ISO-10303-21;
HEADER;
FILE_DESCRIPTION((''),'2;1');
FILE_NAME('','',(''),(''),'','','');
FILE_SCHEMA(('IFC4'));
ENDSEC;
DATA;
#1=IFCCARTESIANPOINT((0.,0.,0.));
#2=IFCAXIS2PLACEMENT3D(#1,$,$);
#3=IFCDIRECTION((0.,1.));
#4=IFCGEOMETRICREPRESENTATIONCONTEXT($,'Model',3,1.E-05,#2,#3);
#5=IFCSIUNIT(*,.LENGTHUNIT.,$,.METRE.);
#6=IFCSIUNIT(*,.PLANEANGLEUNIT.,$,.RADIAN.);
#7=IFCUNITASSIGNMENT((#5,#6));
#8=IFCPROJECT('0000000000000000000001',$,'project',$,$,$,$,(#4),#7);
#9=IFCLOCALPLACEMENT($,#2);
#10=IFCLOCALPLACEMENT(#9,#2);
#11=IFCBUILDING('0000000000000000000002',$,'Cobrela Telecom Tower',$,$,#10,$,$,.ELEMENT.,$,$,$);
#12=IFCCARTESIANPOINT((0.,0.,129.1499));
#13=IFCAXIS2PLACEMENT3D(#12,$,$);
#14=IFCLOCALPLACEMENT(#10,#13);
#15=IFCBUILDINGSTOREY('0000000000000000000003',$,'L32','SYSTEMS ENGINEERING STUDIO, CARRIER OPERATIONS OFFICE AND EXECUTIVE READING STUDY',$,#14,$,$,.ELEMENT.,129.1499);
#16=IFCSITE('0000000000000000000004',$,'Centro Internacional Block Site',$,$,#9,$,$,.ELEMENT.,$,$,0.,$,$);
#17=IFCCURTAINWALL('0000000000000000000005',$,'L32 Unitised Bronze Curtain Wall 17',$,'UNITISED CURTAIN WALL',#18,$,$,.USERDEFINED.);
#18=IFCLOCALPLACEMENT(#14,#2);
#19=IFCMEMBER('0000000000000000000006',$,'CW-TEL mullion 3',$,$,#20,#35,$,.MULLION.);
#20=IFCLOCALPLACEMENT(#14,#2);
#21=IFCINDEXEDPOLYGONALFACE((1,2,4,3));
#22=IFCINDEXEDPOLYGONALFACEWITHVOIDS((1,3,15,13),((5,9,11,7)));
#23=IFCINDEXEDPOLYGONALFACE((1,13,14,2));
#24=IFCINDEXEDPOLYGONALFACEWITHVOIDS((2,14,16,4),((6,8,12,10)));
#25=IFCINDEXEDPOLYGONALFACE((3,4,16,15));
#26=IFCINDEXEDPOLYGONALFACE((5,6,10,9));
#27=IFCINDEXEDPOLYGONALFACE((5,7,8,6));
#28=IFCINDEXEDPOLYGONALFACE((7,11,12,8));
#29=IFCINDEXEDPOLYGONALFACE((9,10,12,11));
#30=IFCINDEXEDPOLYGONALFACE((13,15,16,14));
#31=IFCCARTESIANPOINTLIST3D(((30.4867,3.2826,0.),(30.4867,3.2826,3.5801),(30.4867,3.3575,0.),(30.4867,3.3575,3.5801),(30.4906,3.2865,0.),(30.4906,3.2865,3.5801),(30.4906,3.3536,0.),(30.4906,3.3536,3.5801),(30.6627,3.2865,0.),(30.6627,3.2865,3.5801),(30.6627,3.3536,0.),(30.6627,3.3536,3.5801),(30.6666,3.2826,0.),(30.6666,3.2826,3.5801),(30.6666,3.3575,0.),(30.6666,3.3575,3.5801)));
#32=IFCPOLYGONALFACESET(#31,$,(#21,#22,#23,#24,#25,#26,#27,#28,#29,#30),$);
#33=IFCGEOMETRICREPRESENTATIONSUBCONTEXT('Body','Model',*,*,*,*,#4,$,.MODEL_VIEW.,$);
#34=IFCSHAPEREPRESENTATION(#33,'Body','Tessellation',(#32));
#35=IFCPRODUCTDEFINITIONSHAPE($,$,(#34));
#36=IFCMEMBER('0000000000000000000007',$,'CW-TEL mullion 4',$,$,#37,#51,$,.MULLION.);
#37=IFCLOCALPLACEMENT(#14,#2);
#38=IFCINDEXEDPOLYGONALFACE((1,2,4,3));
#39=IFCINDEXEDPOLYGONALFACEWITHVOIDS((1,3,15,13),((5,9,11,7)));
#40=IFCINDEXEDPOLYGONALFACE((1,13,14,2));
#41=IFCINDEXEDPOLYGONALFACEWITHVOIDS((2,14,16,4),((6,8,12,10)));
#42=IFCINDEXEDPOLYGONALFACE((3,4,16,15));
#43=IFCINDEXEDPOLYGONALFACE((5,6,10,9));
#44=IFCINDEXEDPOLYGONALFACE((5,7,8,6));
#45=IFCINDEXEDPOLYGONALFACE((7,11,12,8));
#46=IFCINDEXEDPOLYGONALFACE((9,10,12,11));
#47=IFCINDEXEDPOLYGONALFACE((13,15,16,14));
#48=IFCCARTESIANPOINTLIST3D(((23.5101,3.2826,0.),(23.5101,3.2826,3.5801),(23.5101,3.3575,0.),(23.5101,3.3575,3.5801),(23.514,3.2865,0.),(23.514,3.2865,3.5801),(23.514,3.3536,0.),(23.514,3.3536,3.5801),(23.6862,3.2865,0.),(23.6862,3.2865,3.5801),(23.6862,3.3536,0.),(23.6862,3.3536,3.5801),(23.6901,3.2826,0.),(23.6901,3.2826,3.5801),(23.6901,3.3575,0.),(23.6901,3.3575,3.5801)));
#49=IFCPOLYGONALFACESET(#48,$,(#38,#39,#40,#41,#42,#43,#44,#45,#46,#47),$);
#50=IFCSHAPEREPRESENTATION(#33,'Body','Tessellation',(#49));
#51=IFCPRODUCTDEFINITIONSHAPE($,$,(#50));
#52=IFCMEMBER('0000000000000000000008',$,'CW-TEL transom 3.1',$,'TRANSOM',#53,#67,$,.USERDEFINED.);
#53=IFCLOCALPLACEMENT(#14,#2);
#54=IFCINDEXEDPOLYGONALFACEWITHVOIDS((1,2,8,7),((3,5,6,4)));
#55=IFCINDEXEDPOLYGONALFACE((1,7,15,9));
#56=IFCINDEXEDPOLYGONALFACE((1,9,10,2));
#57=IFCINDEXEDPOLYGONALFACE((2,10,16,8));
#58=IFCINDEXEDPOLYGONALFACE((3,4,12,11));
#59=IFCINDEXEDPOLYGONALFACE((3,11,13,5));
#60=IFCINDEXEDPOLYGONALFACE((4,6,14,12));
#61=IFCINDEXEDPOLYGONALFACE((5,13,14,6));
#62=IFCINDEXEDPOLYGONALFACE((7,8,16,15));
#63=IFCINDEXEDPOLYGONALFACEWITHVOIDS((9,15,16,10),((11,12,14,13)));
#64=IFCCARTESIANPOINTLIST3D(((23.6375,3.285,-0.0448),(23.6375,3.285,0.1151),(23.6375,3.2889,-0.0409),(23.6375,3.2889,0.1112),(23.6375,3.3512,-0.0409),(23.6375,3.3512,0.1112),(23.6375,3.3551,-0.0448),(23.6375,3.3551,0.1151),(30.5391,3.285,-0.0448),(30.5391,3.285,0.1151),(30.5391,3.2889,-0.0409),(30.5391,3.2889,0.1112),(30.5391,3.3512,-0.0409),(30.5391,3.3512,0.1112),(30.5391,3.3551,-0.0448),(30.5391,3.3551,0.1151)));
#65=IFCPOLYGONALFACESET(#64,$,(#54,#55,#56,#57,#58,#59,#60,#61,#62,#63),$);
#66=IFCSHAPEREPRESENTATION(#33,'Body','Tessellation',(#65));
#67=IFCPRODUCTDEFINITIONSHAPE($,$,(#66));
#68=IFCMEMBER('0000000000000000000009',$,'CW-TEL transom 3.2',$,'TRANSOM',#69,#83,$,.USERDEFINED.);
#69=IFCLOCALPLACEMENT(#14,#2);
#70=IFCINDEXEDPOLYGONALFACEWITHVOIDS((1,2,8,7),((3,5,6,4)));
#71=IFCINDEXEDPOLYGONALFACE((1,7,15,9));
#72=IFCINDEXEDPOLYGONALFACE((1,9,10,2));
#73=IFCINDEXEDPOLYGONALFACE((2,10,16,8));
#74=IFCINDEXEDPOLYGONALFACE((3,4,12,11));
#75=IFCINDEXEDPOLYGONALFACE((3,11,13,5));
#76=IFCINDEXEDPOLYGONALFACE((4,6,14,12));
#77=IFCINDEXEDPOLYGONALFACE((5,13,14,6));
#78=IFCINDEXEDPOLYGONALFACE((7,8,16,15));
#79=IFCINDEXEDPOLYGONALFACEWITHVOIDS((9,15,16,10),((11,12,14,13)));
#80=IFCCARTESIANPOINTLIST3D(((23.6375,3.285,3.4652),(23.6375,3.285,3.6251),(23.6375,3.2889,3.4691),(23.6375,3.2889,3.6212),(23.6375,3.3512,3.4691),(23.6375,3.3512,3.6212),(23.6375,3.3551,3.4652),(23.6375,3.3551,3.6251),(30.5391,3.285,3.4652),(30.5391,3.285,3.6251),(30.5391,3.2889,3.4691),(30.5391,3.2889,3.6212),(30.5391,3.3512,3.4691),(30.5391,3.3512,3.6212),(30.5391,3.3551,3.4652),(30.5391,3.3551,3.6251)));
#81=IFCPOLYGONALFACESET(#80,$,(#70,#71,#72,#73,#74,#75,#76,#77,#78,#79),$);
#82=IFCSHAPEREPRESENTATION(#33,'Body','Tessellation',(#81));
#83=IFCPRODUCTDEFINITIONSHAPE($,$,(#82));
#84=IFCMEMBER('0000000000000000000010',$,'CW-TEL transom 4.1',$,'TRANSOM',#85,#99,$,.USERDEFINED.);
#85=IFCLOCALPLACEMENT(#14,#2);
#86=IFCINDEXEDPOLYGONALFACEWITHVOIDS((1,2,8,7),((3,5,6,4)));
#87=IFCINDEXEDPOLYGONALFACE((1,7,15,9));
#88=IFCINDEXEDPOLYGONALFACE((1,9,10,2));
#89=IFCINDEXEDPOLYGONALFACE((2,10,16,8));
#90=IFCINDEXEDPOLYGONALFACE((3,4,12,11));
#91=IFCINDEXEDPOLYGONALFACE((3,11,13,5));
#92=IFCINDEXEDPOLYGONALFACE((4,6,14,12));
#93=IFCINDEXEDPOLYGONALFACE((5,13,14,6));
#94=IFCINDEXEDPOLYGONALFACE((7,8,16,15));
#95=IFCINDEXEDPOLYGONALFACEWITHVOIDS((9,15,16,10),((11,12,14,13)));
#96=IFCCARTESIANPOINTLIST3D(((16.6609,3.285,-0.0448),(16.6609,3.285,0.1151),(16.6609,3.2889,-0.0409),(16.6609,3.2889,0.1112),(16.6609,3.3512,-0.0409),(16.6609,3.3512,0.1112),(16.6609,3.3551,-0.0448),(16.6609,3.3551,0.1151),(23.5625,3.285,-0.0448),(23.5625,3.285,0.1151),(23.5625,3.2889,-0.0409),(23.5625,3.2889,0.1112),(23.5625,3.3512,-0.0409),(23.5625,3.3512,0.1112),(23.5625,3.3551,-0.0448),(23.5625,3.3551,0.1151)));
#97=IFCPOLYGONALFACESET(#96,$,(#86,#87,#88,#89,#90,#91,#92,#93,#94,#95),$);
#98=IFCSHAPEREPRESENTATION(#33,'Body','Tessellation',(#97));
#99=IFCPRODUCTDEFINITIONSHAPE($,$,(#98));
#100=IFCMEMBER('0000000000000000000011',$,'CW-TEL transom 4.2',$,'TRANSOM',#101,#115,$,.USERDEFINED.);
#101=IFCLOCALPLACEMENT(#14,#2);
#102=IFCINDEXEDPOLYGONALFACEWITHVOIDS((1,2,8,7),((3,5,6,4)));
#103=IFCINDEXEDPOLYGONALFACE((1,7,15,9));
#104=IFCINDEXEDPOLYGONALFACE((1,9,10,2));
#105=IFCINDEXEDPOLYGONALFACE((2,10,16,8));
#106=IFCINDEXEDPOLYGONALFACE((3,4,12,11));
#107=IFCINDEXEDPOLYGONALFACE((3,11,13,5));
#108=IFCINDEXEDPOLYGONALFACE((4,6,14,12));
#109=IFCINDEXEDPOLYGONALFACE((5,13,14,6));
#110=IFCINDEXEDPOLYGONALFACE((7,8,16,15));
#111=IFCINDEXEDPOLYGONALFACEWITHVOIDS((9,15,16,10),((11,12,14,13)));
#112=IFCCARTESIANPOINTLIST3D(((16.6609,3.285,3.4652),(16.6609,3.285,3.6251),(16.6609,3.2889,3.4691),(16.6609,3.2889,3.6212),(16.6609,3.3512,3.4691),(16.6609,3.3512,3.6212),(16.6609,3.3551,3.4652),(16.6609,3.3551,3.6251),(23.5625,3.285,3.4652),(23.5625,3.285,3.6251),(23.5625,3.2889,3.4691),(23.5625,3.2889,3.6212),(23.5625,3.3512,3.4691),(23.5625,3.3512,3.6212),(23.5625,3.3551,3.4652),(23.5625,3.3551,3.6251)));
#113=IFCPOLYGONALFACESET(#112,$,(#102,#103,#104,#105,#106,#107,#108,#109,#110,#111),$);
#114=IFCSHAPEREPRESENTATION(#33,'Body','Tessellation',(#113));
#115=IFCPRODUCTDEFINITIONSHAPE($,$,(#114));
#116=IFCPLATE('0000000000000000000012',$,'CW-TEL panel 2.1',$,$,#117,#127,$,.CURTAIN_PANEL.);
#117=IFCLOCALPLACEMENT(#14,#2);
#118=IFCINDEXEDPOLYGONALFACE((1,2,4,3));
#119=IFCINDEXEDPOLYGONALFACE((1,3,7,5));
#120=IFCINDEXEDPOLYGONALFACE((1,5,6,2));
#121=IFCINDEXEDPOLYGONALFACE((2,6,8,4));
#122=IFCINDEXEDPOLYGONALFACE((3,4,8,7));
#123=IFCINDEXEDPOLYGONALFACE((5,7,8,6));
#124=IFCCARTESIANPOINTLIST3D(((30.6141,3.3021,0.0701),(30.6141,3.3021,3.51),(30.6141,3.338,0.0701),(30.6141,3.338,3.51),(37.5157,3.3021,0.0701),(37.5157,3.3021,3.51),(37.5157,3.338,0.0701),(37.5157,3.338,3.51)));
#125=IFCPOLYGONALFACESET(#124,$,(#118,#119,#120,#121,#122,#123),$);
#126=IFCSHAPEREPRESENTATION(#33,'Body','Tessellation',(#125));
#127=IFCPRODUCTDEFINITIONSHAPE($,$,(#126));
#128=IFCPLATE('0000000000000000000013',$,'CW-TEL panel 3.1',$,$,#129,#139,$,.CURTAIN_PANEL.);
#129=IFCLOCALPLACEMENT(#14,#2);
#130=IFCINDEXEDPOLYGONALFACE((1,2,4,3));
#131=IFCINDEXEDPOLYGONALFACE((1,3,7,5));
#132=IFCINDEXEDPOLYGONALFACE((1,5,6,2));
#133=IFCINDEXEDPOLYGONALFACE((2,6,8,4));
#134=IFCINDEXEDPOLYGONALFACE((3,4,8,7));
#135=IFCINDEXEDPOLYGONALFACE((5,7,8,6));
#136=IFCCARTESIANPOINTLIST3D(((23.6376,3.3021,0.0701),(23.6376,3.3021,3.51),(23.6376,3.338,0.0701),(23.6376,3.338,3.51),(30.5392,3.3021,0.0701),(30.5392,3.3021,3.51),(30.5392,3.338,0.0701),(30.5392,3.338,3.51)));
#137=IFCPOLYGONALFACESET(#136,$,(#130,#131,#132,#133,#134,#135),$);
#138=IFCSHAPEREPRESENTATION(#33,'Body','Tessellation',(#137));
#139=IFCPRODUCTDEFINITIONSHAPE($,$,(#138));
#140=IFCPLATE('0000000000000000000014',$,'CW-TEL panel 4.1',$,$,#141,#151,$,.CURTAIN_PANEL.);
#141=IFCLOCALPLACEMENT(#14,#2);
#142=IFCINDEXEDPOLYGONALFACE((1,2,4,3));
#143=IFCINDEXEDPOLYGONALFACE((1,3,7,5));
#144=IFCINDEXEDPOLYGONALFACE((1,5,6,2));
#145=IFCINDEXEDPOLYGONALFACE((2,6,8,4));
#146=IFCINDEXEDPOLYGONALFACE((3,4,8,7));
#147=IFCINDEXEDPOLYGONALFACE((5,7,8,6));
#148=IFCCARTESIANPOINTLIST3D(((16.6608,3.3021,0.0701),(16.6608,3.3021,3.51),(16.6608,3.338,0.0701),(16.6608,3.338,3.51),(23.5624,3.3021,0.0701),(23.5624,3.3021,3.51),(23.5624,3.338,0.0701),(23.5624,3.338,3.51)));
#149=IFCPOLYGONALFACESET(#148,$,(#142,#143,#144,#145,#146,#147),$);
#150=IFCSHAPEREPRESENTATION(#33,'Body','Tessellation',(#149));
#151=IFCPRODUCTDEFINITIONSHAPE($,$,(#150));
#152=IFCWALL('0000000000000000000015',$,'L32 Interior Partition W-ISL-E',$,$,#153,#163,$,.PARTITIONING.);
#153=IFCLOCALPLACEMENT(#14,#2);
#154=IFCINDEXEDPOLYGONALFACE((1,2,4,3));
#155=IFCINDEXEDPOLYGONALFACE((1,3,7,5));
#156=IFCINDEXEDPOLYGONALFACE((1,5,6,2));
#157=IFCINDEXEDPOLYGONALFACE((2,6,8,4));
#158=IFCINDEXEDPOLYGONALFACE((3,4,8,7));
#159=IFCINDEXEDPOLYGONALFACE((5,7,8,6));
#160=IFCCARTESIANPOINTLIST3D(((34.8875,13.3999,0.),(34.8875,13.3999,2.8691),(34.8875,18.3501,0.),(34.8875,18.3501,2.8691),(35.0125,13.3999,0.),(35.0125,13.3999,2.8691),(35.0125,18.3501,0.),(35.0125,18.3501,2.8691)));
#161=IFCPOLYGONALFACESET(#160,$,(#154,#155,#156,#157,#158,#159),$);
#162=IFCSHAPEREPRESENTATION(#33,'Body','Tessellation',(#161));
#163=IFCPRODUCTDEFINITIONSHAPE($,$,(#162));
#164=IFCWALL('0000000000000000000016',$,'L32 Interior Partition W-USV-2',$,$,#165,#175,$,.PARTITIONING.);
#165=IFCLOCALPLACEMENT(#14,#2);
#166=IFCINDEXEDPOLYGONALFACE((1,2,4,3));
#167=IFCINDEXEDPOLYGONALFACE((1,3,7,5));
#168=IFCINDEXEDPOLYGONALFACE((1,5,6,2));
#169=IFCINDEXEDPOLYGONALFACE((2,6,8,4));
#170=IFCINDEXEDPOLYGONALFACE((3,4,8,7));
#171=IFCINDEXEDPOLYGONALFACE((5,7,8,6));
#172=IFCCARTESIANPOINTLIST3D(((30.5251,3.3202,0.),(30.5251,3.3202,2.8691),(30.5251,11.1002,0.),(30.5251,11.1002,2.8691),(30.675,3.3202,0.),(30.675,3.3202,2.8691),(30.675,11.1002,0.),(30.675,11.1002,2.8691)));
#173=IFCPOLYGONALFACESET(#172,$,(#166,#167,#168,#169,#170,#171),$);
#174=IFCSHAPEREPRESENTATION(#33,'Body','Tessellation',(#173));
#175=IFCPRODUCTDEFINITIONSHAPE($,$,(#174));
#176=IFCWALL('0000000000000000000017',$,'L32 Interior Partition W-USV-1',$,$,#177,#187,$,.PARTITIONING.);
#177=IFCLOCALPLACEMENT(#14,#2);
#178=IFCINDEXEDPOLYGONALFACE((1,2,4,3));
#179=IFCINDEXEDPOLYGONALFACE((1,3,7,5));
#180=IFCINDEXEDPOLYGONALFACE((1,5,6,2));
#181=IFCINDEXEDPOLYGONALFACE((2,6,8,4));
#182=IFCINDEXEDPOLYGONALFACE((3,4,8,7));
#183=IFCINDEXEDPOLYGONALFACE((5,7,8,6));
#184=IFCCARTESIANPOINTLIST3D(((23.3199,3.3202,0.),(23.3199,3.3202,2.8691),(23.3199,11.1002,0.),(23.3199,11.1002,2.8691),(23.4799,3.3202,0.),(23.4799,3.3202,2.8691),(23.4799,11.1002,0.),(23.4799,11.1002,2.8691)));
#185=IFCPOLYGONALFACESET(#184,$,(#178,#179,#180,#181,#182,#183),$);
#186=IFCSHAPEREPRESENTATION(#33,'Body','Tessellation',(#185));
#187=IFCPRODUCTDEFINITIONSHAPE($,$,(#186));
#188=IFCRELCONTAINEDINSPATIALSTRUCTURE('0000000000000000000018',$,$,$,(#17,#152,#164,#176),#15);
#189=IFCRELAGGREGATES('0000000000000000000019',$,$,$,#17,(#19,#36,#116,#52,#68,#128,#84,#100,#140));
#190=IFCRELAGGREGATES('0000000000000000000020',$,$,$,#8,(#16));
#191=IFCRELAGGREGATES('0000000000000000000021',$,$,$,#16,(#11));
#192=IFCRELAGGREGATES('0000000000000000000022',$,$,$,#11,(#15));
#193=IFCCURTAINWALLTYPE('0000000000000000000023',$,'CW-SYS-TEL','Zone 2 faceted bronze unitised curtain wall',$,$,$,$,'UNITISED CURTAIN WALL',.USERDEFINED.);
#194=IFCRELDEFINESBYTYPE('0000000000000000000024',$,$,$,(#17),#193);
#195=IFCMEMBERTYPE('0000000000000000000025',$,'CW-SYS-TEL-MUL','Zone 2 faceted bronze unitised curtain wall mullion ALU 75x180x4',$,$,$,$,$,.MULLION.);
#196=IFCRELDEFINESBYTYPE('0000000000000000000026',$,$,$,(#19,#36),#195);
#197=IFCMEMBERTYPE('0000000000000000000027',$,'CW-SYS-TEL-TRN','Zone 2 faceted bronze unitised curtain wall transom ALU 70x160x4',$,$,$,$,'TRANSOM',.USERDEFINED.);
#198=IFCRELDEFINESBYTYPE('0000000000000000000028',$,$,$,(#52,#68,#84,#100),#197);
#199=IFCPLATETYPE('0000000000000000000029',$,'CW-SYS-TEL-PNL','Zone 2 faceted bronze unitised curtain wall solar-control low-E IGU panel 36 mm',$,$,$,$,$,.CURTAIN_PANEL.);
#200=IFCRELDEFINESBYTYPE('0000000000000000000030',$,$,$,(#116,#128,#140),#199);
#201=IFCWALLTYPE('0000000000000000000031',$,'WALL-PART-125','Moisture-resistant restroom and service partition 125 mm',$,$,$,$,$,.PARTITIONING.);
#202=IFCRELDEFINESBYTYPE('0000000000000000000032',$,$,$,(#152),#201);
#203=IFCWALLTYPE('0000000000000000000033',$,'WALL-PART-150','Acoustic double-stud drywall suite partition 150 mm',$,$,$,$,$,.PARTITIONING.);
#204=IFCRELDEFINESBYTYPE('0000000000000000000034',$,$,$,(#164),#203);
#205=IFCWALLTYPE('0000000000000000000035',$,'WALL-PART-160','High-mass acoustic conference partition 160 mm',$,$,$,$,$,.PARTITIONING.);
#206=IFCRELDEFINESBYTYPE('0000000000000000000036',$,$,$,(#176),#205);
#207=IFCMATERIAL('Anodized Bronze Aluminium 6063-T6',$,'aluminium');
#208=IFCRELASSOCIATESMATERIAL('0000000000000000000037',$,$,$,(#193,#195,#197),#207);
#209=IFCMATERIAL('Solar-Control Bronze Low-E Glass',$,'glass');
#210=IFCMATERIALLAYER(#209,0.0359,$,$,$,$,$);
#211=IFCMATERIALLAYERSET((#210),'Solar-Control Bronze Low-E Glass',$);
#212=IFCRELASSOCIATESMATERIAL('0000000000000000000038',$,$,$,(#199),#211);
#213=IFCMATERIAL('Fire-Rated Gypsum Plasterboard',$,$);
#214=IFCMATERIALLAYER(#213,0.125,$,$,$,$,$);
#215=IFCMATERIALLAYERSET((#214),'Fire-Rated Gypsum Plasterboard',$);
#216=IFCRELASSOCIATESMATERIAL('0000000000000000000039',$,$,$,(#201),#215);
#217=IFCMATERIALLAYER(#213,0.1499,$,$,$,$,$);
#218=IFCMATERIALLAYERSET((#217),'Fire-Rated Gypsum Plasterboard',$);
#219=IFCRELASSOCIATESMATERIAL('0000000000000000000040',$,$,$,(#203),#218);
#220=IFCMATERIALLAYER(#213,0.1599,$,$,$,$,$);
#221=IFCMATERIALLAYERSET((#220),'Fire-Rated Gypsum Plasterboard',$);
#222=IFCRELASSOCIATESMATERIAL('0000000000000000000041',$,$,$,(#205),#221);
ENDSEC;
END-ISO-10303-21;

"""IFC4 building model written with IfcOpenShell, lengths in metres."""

from ifc_helpers import new_model, si_unit, direction, frame, frame_2d, origin, origin_2d, place, context, subcontext, project, spatial, rectangle, hollow_rectangle, extrude, material, layer, layer_set, material_profile, profile_set, type_object, element, aggregate, save


model = new_model("IFC4")

# Units and contexts
model_context = context("Model", 3, precision=1e-05, world=origin(), true_north=direction((0.0, 1.0)))
body_context = subcontext(model_context, "Body", "Model", "MODEL_VIEW")
ifc_project = project(units=[si_unit("LENGTHUNIT", "METRE"), si_unit("PLANEANGLEUNIT", "RADIAN")], contexts=[model_context])

# Site, building, storey
site_placement = place(None, origin())
site = spatial("IfcSite", under=ifc_project, at=site_placement, Name="Centro Internacional Block Site", CompositionType="ELEMENT", RefElevation=0.0)
building_placement = place(site_placement, origin())
building = spatial("IfcBuilding", under=site, at=building_placement, Name="Cobrela Telecom Tower", CompositionType="ELEMENT")
storey_placement = place(building_placement, frame((0.0, 0.0, 129.1499)))
storey = spatial("IfcBuildingStorey", under=building, at=storey_placement, Name="L32", Description="SYSTEMS ENGINEERING STUDIO, CARRIER OPERATIONS OFFICE AND EXECUTIVE READING STUDY", CompositionType="ELEMENT", Elevation=129.1499)

# Curtain wall, members, plates
ifc_material_1 = material(Name="Anodized Bronze Aluminium 6063-T6", Category="aluminium")
curtain_wall_type = type_object("IfcCurtainWallType", Name="CW-SYS-TEL", Description="Zone 2 faceted bronze unitised curtain wall", ElementType="UNITISED CURTAIN WALL", PredefinedType="USERDEFINED", material=ifc_material_1)
curtain_wall_placement = place(storey_placement, origin())
curtain_wall = element("IfcCurtainWall", 1, at=curtain_wall_placement, inside=storey, type_object=curtain_wall_type, Name="L32 Unitised Bronze Curtain Wall 17", ObjectType="UNITISED CURTAIN WALL", PredefinedType="USERDEFINED")
ifc_material_profile_1 = material_profile(ifc_material_1, hollow_rectangle(XDim=0.075, YDim=0.1799, WallThickness=0.0039, at=origin_2d()), Name="ALU 75x180x4")
ifc_profile_set_1 = profile_set([ifc_material_profile_1], Name="Anodized Bronze Aluminium 6063-T6")
member_type_1 = type_object("IfcMemberType", Name="CW-SYS-TEL-MUL", Description="Zone 2 faceted bronze unitised curtain wall mullion ALU 75x180x4", PredefinedType="MULLION", material=ifc_profile_set_1)
member_1_placement = place(storey_placement, frame((30.5767, 3.3201, 0.0), z_axis=(0.0, 0.0, 1.0), x_axis=(0.0, -1.0, 0.0)))
member_1 = element("IfcMember", 2, at=member_1_placement, type_object=member_type_1, Name="CW-TEL mullion 3", PredefinedType="MULLION", context=body_context, shape_type="SweptSolid", body=[
    extrude(hollow_rectangle(XDim=0.075, YDim=0.1799, WallThickness=0.0039, at=origin_2d()), origin(), (0.0, 0.0, 1.0), 3.5801),
])
member_2_placement = place(storey_placement, frame((23.6001, 3.3201, 0.0), z_axis=(0.0, 0.0, 1.0), x_axis=(0.0, -1.0, 0.0)))
member_2 = element("IfcMember", 3, at=member_2_placement, type_object=member_type_1, Name="CW-TEL mullion 4", PredefinedType="MULLION", context=body_context, shape_type="SweptSolid", body=[
    extrude(hollow_rectangle(XDim=0.075, YDim=0.1799, WallThickness=0.0039, at=origin_2d()), origin(), (0.0, 0.0, 1.0), 3.5801),
])
ifc_material_profile_2 = material_profile(ifc_material_1, hollow_rectangle(XDim=0.0701, YDim=0.1599, WallThickness=0.0039, at=origin_2d()), Name="ALU 70x160x4")
ifc_profile_set_2 = profile_set([ifc_material_profile_2], Name="Anodized Bronze Aluminium 6063-T6")
member_type_2 = type_object("IfcMemberType", Name="CW-SYS-TEL-TRN", Description="Zone 2 faceted bronze unitised curtain wall transom ALU 70x160x4", ElementType="TRANSOM", PredefinedType="USERDEFINED", material=ifc_profile_set_2)
member_3_placement = place(storey_placement, frame((30.5391, 3.3201, 0.0352), z_axis=(-1.0, 0.0, 0.0), x_axis=(0.0, -1.0, 0.0)))
member_3 = element("IfcMember", 4, at=member_3_placement, type_object=member_type_2, Name="CW-TEL transom 3.1", ObjectType="TRANSOM", PredefinedType="USERDEFINED", context=body_context, shape_type="SweptSolid", body=[
    extrude(hollow_rectangle(XDim=0.0701, YDim=0.1599, WallThickness=0.0039, at=origin_2d()), origin(), (0.0, 0.0, 1.0), 6.9016),
])
member_4_placement = place(storey_placement, frame((30.5391, 3.3201, 3.5452), z_axis=(-1.0, 0.0, 0.0), x_axis=(0.0, -1.0, 0.0)))
member_4 = element("IfcMember", 5, at=member_4_placement, type_object=member_type_2, Name="CW-TEL transom 3.2", ObjectType="TRANSOM", PredefinedType="USERDEFINED", context=body_context, shape_type="SweptSolid", body=[
    extrude(hollow_rectangle(XDim=0.0701, YDim=0.1599, WallThickness=0.0039, at=origin_2d()), origin(), (0.0, 0.0, 1.0), 6.9016),
])
member_5_placement = place(storey_placement, frame((23.5625, 3.3201, 0.0352), z_axis=(-1.0, 0.0, 0.0), x_axis=(0.0, -1.0, 0.0)))
member_5 = element("IfcMember", 6, at=member_5_placement, type_object=member_type_2, Name="CW-TEL transom 4.1", ObjectType="TRANSOM", PredefinedType="USERDEFINED", context=body_context, shape_type="SweptSolid", body=[
    extrude(hollow_rectangle(XDim=0.0701, YDim=0.1599, WallThickness=0.0039, at=origin_2d()), origin(), (0.0, 0.0, 1.0), 6.9016),
])
member_6_placement = place(storey_placement, frame((23.5625, 3.3201, 3.5452), z_axis=(-1.0, 0.0, 0.0), x_axis=(0.0, -1.0, 0.0)))
member_6 = element("IfcMember", 7, at=member_6_placement, type_object=member_type_2, Name="CW-TEL transom 4.2", ObjectType="TRANSOM", PredefinedType="USERDEFINED", context=body_context, shape_type="SweptSolid", body=[
    extrude(hollow_rectangle(XDim=0.0701, YDim=0.1599, WallThickness=0.0039, at=origin_2d()), origin(), (0.0, 0.0, 1.0), 6.9016),
])
ifc_material_2 = material(Name="Solar-Control Bronze Low-E Glass", Category="glass")
ifc_layer_1 = layer(ifc_material_2, 0.0359)
ifc_layer_set_1 = layer_set([ifc_layer_1], Name="Solar-Control Bronze Low-E Glass")
plate_type = type_object("IfcPlateType", Name="CW-SYS-TEL-PNL", Description="Zone 2 faceted bronze unitised curtain wall solar-control low-E IGU panel 36 mm", PredefinedType="CURTAIN_PANEL", material=ifc_layer_set_1)
plate_1_placement = place(storey_placement, frame((34.0649, 3.3201, 0.0701), z_axis=(0.0, 0.0, 1.0), x_axis=(-1.0, 0.0, 0.0)))
plate_1 = element("IfcPlate", 8, at=plate_1_placement, type_object=plate_type, Name="CW-TEL panel 2.1", PredefinedType="CURTAIN_PANEL", context=body_context, shape_type="SweptSolid", body=[
    extrude(rectangle(XDim=6.9016, YDim=0.0359, at=origin_2d()), origin(), (0.0, 0.0, 1.0), 3.4399),
])
plate_2_placement = place(storey_placement, frame((27.0884, 3.3201, 0.0701), z_axis=(0.0, 0.0, 1.0), x_axis=(-1.0, 0.0, 0.0)))
plate_2 = element("IfcPlate", 9, at=plate_2_placement, type_object=plate_type, Name="CW-TEL panel 3.1", PredefinedType="CURTAIN_PANEL", context=body_context, shape_type="SweptSolid", body=[
    extrude(rectangle(XDim=6.9016, YDim=0.0359, at=origin_2d()), origin(), (0.0, 0.0, 1.0), 3.4399),
])
plate_3_placement = place(storey_placement, frame((20.1116, 3.3201, 0.0701), z_axis=(0.0, 0.0, 1.0), x_axis=(-1.0, 0.0, 0.0)))
plate_3 = element("IfcPlate", 10, at=plate_3_placement, type_object=plate_type, Name="CW-TEL panel 4.1", PredefinedType="CURTAIN_PANEL", context=body_context, shape_type="SweptSolid", body=[
    extrude(rectangle(XDim=6.9016, YDim=0.0359, at=origin_2d()), origin(), (0.0, 0.0, 1.0), 3.4399),
])
aggregate(curtain_wall, [member_1, member_2, plate_1, member_3, member_4, plate_2, member_5, member_6, plate_3])

# Walls
ifc_material_3 = material(Name="Fire-Rated Gypsum Plasterboard")
ifc_layer_2 = layer(ifc_material_3, 0.125)
ifc_layer_set_2 = layer_set([ifc_layer_2], Name="Fire-Rated Gypsum Plasterboard")
wall_type_1 = type_object("IfcWallType", Name="WALL-PART-125", Description="Moisture-resistant restroom and service partition 125 mm", PredefinedType="PARTITIONING", material=ifc_layer_set_2)
wall_1_placement = place(storey_placement, frame((34.95, 13.3999, 0.0), z_axis=(0.0, 0.0, 1.0), x_axis=(0.0, 1.0, 0.0)))
element("IfcWall", 11, at=wall_1_placement, inside=storey, type_object=wall_type_1, Name="L32 Interior Partition W-ISL-E", PredefinedType="PARTITIONING", context=body_context, shape_type="SweptSolid", body=[
    extrude(rectangle(XDim=4.9502, YDim=0.125, at=frame_2d((2.4751, 0.0))), origin(), (0.0, 0.0, 1.0), 2.8691),
])
ifc_layer_3 = layer(ifc_material_3, 0.1499)
ifc_layer_set_3 = layer_set([ifc_layer_3], Name="Fire-Rated Gypsum Plasterboard")
wall_type_2 = type_object("IfcWallType", Name="WALL-PART-150", Description="Acoustic double-stud drywall suite partition 150 mm", PredefinedType="PARTITIONING", material=ifc_layer_set_3)
wall_2_placement = place(storey_placement, frame((30.6001, 3.3201, 0.0), z_axis=(0.0, 0.0, 1.0), x_axis=(0.0, 1.0, 0.0)))
element("IfcWall", 12, at=wall_2_placement, inside=storey, type_object=wall_type_2, Name="L32 Interior Partition W-USV-2", PredefinedType="PARTITIONING", context=body_context, shape_type="SweptSolid", body=[
    extrude(rectangle(XDim=7.78, YDim=0.1499, at=frame_2d((3.8901, 0.0))), origin(), (0.0, 0.0, 1.0), 2.8691),
])
ifc_layer_4 = layer(ifc_material_3, 0.1599)
ifc_layer_set_4 = layer_set([ifc_layer_4], Name="Fire-Rated Gypsum Plasterboard")
wall_type_3 = type_object("IfcWallType", Name="WALL-PART-160", Description="High-mass acoustic conference partition 160 mm", PredefinedType="PARTITIONING", material=ifc_layer_set_4)
wall_3_placement = place(storey_placement, frame((23.3999, 3.3201, 0.0), z_axis=(0.0, 0.0, 1.0), x_axis=(0.0, 1.0, 0.0)))
element("IfcWall", 13, at=wall_3_placement, inside=storey, type_object=wall_type_3, Name="L32 Interior Partition W-USV-1", PredefinedType="PARTITIONING", context=body_context, shape_type="SweptSolid", body=[
    extrude(rectangle(XDim=7.78, YDim=0.1599, at=frame_2d((3.8901, 0.0))), origin(), (0.0, 0.0, 1.0), 2.8691),
])

save(model, "model.ifc")
